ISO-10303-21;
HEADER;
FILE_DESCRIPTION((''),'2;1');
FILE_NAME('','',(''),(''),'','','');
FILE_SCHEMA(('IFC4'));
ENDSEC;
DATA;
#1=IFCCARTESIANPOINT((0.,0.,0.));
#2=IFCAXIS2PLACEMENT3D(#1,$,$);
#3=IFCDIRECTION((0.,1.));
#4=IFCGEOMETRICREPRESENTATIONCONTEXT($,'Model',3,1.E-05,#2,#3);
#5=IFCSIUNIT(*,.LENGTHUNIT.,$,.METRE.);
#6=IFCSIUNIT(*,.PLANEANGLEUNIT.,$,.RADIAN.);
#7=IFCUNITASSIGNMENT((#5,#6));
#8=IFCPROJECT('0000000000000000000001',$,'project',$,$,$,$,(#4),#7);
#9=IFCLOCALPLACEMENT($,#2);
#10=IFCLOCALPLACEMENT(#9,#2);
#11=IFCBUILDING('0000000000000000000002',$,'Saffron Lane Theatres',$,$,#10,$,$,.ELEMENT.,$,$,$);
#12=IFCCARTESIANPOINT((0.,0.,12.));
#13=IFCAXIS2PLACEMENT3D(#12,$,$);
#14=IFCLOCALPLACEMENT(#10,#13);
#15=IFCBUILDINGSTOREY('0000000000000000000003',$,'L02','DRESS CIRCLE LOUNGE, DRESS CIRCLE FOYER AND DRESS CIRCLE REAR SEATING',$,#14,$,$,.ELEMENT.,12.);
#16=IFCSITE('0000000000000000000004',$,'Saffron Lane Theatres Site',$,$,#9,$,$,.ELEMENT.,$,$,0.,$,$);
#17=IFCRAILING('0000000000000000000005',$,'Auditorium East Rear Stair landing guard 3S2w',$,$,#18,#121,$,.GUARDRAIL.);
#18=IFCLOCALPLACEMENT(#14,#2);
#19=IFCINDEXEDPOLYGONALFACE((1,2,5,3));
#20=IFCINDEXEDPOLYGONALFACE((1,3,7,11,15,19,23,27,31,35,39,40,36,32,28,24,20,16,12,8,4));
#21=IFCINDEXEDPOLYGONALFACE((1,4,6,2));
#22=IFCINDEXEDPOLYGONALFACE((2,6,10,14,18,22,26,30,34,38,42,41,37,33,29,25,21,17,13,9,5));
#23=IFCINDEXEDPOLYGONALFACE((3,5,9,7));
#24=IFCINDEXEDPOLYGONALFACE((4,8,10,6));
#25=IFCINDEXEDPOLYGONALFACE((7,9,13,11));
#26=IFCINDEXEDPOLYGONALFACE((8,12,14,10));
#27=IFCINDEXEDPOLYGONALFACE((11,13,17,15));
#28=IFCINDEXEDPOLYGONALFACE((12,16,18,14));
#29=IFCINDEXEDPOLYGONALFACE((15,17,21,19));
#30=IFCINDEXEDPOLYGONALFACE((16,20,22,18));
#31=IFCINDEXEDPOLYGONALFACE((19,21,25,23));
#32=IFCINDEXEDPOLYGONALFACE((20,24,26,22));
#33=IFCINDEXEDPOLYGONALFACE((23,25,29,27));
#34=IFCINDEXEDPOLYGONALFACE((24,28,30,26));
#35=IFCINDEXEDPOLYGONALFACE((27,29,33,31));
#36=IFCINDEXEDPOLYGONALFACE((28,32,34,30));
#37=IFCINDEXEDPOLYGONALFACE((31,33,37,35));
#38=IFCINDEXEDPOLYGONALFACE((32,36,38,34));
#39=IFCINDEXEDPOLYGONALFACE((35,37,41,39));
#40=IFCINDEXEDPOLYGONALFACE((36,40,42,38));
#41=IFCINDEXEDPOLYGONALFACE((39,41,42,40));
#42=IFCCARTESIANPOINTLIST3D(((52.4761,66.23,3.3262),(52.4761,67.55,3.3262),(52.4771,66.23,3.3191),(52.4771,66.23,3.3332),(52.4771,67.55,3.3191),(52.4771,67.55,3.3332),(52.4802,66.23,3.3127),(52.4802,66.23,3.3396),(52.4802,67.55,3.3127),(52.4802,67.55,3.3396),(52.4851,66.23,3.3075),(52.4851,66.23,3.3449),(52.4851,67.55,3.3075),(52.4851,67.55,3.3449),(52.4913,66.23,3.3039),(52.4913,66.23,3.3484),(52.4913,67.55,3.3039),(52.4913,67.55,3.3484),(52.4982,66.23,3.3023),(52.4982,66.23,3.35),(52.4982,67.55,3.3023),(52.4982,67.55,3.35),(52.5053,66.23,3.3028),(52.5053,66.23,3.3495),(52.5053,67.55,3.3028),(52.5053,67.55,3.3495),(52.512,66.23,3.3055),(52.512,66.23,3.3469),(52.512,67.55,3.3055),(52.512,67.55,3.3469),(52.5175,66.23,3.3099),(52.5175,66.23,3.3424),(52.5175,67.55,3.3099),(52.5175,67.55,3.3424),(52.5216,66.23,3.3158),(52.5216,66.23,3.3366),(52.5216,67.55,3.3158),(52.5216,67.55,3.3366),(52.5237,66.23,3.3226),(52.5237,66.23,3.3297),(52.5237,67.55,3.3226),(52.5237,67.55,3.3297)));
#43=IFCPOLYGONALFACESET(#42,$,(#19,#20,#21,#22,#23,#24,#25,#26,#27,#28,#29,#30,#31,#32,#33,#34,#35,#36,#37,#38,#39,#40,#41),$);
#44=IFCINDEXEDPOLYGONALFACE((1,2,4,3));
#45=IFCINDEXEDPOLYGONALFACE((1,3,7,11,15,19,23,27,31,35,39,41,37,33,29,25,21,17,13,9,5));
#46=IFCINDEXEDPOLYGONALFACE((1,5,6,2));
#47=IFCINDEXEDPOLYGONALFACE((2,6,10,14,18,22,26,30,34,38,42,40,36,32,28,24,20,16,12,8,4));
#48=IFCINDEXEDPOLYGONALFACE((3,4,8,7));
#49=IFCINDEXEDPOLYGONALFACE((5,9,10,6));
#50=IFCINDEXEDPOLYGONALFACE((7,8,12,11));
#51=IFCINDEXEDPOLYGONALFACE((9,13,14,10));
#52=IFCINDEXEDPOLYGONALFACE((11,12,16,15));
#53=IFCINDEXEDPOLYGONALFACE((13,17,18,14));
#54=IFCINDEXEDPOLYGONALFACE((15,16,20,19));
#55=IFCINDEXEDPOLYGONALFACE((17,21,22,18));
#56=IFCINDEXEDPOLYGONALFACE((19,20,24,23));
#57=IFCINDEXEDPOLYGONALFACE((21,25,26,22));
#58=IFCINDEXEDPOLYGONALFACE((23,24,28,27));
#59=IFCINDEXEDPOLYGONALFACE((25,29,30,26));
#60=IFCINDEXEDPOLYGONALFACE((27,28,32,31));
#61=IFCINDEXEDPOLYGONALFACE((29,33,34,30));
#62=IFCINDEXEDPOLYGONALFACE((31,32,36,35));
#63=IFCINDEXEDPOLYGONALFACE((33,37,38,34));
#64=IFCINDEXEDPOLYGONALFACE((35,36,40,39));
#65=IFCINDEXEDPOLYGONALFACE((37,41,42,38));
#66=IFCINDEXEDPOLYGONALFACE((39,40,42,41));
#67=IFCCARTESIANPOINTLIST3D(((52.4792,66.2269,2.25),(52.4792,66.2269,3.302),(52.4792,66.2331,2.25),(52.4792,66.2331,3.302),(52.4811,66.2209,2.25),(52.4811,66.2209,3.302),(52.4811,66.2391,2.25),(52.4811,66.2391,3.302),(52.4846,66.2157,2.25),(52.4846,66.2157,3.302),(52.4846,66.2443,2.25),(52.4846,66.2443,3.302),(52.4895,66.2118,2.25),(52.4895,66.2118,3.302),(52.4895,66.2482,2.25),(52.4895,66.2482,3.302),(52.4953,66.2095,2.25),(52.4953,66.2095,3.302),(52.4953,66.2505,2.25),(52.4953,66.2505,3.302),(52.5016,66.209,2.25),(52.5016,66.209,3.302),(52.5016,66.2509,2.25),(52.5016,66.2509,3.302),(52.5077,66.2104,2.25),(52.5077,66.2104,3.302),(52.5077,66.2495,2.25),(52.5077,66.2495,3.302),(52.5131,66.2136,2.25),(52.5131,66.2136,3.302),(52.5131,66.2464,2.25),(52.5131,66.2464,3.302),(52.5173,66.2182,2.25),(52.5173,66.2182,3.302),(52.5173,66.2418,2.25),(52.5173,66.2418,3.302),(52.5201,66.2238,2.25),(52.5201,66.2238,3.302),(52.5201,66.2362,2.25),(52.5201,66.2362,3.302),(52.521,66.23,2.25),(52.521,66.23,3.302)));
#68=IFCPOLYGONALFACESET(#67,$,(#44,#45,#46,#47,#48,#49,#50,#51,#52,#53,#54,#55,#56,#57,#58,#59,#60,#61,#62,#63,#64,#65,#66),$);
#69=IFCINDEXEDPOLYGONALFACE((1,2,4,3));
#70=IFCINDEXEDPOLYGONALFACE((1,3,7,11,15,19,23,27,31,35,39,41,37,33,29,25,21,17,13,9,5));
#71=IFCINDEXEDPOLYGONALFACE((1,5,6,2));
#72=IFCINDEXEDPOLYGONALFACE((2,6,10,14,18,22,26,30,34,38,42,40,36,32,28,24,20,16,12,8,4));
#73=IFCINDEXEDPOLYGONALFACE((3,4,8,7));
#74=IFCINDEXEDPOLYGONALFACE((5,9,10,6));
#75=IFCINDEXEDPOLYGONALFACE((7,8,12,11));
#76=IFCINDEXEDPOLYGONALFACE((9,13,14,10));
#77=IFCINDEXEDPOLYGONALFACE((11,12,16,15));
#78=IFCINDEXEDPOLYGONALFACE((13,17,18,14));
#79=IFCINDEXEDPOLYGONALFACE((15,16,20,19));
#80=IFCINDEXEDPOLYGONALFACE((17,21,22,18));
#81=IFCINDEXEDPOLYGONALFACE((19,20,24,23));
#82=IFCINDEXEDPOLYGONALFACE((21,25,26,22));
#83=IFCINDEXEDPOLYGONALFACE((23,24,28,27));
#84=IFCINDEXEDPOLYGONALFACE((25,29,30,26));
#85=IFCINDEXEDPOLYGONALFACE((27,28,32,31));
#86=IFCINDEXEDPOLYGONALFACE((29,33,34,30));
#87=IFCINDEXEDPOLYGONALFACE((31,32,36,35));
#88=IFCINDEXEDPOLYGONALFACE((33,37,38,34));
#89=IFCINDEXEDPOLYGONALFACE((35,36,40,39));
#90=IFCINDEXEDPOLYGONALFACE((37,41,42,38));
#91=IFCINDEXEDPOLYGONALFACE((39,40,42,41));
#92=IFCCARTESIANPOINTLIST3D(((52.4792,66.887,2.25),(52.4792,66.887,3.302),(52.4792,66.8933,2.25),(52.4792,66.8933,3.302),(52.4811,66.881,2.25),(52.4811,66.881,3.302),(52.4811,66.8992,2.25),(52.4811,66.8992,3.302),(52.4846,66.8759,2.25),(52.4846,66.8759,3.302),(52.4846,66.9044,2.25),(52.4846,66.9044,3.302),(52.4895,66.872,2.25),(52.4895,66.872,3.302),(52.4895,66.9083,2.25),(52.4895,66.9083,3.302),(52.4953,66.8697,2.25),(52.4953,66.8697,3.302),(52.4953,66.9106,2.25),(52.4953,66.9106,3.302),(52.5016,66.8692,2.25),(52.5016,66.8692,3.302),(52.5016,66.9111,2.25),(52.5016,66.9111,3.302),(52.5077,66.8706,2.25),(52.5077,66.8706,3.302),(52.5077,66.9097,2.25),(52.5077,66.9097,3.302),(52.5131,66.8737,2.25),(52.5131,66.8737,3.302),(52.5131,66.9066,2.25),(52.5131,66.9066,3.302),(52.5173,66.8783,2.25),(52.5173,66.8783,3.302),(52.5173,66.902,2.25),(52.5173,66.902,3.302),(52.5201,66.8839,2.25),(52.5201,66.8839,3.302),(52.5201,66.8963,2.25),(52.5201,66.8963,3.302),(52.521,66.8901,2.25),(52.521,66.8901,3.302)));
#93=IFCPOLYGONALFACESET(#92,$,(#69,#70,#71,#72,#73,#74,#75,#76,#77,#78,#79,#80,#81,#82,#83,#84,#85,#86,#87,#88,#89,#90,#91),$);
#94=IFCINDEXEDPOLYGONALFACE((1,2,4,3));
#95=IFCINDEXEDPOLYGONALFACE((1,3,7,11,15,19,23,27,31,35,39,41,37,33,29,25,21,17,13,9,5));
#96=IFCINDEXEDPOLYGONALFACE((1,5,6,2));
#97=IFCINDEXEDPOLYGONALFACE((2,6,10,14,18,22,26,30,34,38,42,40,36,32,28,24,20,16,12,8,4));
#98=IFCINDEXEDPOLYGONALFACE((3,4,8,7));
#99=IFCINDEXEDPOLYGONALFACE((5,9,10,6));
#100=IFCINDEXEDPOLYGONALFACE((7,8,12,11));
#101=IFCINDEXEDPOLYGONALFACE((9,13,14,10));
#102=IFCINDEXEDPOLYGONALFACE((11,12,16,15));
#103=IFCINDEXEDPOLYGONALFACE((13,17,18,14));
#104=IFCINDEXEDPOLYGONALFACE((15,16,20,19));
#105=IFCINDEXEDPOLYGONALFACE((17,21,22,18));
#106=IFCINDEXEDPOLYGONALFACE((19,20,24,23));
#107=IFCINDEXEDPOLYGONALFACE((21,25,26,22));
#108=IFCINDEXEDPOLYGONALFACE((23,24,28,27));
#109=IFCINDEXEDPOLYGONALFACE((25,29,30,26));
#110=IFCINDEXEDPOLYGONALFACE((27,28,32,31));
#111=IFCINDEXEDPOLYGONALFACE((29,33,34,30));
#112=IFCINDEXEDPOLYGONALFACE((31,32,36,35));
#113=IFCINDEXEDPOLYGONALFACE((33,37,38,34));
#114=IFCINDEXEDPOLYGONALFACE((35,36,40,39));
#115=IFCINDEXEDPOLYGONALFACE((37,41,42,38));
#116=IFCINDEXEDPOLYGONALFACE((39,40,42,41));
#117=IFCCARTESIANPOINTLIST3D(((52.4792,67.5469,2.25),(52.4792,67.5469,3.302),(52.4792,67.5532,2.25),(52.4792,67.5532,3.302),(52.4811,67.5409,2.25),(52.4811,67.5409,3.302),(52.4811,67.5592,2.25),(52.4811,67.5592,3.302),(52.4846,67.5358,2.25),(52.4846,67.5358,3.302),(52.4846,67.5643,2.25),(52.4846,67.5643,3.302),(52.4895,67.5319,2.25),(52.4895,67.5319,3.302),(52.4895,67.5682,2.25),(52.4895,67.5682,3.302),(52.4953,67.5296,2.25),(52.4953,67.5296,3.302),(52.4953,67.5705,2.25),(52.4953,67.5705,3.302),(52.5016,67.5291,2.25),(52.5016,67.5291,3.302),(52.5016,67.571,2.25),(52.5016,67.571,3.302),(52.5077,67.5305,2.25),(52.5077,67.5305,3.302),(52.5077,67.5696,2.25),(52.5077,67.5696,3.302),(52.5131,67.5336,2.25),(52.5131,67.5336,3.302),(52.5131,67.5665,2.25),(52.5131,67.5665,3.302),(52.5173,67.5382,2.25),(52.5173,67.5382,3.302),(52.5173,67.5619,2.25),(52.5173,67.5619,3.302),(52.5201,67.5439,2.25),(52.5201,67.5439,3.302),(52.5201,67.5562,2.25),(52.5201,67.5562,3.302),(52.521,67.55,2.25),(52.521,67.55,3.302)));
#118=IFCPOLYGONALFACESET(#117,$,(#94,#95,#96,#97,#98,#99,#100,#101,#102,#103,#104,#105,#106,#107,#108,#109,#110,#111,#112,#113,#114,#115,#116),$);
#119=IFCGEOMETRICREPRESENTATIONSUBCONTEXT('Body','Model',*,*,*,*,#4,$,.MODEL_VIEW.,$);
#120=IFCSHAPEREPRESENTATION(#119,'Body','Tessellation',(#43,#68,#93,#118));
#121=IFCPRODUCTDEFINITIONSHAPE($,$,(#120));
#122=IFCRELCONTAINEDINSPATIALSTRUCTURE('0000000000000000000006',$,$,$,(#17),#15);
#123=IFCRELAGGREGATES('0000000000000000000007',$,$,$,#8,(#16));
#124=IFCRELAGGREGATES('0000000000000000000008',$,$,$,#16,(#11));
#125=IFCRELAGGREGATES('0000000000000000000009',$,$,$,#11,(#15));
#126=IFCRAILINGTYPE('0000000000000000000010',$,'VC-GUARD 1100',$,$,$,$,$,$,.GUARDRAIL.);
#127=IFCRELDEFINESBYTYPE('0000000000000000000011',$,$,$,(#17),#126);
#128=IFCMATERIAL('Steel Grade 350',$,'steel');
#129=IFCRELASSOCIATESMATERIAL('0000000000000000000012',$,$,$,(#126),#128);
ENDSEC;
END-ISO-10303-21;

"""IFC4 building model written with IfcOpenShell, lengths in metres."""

from ifc_helpers import new_model, si_unit, direction, frame, origin, origin_2d, place, context, subcontext, project, spatial, circle, extrude, material, type_object, element, save


model = new_model("IFC4")

# Units and contexts
model_context = context("Model", 3, precision=1e-05, world=origin(), true_north=direction((0.0, 1.0)))
body_context = subcontext(model_context, "Body", "Model", "MODEL_VIEW")
ifc_project = project(units=[si_unit("LENGTHUNIT", "METRE"), si_unit("PLANEANGLEUNIT", "RADIAN")], contexts=[model_context])

# Site, building, storey
site_placement = place(None, origin())
site = spatial("IfcSite", under=ifc_project, at=site_placement, Name="Saffron Lane Theatres Site", CompositionType="ELEMENT", RefElevation=0.0)
building_placement = place(site_placement, origin())
building = spatial("IfcBuilding", under=site, at=building_placement, Name="Saffron Lane Theatres", CompositionType="ELEMENT")
storey_placement = place(building_placement, frame((0.0, 0.0, 12.0)))
storey = spatial("IfcBuildingStorey", under=building, at=storey_placement, Name="L02", Description="DRESS CIRCLE LOUNGE, DRESS CIRCLE FOYER AND DRESS CIRCLE REAR SEATING", CompositionType="ELEMENT", Elevation=12.0)

# Railing
ifc_material_1 = material(Name="Steel Grade 350", Category="steel")
railing_type_1 = type_object("IfcRailingType", Name="VC-GUARD 1100", PredefinedType="GUARDRAIL", material=ifc_material_1)
railing_1_placement = place(storey_placement, frame((52.5, 66.23, 2.25)))
element("IfcRailing", 1, at=railing_1_placement, inside=storey, type_object=railing_type_1, Name="Auditorium East Rear Stair landing guard 3S2w", PredefinedType="GUARDRAIL", context=body_context, shape_type="SweptSolid", body=[
    extrude(circle(Radius=0.0239, at=origin_2d()), frame((0.0, 0.0, 1.0762), z_axis=(0.0, 1.0, 0.0), x_axis=(-1.0, 0.0, 0.0)), (0.0, 0.0, 1.0), 1.3201),
    extrude(circle(Radius=0.021, at=origin_2d()), origin(), (0.0, 0.0, 1.0), 1.052),
    extrude(circle(Radius=0.021, at=origin_2d()), frame((0.0, 0.6602, 0.0)), (0.0, 0.0, 1.0), 1.052),
    extrude(circle(Radius=0.021, at=origin_2d()), frame((0.0, 1.3201, 0.0)), (0.0, 0.0, 1.0), 1.052),
])

save(model, "model.ifc")
